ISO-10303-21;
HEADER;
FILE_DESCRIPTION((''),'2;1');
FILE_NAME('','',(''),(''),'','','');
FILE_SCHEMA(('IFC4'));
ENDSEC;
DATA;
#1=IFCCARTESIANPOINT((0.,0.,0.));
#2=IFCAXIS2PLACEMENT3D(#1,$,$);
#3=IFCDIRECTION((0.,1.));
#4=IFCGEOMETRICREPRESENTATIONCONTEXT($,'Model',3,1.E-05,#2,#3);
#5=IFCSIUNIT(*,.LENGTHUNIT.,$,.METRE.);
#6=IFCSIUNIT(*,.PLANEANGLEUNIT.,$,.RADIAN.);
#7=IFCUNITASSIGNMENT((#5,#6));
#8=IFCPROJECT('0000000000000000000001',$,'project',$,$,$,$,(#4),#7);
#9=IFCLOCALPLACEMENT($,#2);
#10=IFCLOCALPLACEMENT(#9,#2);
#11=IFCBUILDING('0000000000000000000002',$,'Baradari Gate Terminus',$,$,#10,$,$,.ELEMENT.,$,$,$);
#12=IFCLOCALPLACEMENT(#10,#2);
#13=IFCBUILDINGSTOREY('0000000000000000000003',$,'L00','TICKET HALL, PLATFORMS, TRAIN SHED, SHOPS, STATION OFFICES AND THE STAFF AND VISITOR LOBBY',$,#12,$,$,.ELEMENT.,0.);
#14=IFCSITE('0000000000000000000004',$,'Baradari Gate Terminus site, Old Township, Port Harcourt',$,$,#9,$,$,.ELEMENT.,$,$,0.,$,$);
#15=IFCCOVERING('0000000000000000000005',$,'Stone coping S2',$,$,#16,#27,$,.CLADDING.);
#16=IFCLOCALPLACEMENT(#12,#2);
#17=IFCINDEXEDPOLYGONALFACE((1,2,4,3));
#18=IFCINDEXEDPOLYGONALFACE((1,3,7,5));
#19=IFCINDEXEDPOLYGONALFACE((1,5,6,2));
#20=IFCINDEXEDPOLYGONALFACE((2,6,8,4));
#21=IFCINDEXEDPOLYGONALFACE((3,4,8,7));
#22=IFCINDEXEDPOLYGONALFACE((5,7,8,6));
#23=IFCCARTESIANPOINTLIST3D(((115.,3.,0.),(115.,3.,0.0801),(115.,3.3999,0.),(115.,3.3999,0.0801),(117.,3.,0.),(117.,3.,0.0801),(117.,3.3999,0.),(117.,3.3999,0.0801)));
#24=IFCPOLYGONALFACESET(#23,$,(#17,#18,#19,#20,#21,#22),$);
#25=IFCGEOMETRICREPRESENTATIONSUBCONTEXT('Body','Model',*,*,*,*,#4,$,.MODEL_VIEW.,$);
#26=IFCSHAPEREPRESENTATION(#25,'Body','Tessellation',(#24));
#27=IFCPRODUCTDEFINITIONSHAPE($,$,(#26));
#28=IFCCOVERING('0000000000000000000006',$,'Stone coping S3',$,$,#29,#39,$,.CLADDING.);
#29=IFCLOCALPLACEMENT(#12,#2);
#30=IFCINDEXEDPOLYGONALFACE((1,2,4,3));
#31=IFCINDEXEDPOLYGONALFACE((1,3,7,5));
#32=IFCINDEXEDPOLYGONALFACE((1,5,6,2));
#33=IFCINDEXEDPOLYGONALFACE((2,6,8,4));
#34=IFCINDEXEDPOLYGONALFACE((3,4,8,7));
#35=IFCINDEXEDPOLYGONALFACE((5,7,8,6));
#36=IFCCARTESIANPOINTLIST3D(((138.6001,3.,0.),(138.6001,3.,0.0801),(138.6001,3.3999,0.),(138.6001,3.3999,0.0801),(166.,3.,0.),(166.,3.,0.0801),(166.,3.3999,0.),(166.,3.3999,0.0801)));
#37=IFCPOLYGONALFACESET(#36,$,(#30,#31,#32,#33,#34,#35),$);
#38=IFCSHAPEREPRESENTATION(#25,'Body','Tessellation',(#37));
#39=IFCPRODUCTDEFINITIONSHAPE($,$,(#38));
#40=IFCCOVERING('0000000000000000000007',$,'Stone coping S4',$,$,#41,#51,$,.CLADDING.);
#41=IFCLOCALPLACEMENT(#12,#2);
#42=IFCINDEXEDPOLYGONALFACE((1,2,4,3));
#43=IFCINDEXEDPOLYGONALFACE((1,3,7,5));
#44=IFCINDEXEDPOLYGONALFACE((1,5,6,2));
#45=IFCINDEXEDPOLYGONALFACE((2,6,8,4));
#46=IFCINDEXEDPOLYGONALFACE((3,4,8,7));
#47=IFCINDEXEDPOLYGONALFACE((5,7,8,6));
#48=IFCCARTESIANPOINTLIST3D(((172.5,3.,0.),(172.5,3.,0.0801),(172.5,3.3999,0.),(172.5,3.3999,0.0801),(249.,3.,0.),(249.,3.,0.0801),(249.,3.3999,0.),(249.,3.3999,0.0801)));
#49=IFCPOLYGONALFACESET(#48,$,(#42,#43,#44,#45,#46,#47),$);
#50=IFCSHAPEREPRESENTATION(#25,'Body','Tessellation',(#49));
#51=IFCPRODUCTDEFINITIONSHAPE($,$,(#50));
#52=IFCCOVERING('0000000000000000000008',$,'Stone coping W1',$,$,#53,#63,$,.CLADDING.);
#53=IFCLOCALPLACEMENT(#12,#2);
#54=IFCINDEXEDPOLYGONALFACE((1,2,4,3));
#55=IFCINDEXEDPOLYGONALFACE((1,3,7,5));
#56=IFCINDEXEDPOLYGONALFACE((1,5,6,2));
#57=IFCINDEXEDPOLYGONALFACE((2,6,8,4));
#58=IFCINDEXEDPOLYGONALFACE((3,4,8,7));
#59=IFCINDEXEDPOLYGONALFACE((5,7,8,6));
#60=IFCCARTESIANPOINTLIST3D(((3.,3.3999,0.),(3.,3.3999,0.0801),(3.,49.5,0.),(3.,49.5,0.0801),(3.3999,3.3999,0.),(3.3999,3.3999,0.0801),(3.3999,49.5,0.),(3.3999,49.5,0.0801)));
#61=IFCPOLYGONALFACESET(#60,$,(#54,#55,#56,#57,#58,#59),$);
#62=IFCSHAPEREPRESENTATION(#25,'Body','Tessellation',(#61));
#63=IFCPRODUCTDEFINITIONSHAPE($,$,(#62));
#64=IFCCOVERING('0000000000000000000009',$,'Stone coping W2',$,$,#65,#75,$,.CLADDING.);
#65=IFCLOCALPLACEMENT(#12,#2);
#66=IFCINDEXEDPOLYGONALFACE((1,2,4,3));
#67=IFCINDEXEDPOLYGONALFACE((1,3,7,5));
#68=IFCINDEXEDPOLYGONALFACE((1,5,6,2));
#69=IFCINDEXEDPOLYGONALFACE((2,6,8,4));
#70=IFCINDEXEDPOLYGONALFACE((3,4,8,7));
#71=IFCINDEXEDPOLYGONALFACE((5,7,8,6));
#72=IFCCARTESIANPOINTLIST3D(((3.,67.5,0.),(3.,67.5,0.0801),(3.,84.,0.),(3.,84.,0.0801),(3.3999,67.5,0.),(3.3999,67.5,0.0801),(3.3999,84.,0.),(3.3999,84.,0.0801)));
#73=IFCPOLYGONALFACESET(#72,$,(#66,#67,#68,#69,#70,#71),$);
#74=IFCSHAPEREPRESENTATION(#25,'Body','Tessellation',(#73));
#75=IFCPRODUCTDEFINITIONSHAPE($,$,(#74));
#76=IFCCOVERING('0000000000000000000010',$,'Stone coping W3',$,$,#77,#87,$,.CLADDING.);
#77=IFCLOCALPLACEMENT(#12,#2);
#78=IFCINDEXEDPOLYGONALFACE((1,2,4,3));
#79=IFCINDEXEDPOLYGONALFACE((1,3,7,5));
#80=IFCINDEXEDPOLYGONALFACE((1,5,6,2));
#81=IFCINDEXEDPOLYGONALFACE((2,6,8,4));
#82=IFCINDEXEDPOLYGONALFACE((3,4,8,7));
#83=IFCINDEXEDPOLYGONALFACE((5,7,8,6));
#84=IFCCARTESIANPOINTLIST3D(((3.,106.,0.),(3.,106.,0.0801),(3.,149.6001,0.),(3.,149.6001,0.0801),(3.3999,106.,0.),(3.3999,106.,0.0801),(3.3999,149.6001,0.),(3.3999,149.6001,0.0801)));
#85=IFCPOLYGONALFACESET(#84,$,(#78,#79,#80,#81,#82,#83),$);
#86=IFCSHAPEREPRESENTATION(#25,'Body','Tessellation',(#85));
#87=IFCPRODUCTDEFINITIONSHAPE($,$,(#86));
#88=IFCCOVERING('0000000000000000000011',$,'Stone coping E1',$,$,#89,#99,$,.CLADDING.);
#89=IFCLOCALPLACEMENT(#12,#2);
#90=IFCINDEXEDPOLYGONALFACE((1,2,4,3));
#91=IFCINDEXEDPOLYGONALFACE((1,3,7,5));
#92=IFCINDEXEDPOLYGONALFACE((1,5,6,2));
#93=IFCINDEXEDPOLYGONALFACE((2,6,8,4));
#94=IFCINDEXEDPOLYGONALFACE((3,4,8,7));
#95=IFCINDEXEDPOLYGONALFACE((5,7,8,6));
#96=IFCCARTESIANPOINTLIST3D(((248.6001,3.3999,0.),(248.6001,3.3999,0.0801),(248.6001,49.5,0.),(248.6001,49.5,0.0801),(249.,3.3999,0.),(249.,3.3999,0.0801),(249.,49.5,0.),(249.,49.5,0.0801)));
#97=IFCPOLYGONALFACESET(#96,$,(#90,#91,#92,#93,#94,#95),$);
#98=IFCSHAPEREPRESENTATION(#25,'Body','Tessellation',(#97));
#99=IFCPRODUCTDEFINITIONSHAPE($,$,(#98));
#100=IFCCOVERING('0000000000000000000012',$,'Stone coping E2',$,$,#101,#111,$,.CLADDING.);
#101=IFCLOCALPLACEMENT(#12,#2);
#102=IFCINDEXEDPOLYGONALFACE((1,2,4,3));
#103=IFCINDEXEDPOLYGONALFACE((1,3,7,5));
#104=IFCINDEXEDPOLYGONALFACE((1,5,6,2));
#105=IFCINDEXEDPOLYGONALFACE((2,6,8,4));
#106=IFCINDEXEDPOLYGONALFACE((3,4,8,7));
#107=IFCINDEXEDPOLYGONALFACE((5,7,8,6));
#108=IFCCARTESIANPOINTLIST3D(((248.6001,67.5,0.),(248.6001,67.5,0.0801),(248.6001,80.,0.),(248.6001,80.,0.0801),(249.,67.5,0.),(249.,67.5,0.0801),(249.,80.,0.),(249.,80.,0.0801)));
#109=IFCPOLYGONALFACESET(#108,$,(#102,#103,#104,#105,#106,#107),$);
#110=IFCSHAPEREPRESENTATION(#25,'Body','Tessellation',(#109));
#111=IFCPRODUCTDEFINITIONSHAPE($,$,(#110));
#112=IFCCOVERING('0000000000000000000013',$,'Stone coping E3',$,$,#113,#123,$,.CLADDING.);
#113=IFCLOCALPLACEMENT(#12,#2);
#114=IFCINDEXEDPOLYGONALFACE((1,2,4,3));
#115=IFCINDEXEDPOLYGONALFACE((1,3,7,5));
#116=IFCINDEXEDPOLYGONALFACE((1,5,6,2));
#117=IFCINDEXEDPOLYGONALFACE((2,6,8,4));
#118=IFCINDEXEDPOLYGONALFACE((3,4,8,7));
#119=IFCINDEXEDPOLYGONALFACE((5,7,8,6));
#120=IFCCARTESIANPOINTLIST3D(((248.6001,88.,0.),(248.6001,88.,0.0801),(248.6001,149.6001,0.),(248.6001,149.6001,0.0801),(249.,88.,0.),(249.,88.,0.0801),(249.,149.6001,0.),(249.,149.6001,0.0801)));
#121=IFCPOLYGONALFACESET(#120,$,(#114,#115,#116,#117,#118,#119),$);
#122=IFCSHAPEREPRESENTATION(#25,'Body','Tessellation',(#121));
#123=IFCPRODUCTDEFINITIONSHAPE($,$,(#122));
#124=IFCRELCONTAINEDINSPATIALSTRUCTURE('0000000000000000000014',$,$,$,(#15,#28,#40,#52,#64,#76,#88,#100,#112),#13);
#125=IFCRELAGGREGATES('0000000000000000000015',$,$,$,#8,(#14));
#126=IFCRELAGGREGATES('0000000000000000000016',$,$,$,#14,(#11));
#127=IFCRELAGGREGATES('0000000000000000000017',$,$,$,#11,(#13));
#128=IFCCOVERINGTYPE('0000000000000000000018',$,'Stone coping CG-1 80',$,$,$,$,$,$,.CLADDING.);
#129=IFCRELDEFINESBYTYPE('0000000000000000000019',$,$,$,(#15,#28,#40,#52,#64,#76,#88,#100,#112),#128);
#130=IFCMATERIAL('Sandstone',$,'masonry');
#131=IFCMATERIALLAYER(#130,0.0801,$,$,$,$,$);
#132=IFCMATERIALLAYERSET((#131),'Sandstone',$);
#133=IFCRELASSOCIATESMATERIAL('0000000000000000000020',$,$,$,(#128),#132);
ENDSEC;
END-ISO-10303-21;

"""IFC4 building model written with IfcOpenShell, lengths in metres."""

from ifc_helpers import new_model, si_unit, direction, origin, place, context, subcontext, project, spatial, polyline, outline, extrude, material, layer, layer_set, type_object, element, save


model = new_model("IFC4")

# Units and contexts
model_context = context("Model", 3, precision=1e-05, world=origin(), true_north=direction((0.0, 1.0)))
body_context = subcontext(model_context, "Body", "Model", "MODEL_VIEW")
ifc_project = project(units=[si_unit("LENGTHUNIT", "METRE"), si_unit("PLANEANGLEUNIT", "RADIAN")], contexts=[model_context])

# Site, building, storey
site_placement = place(None, origin())
site = spatial("IfcSite", under=ifc_project, at=site_placement, Name="Baradari Gate Terminus site, Old Township, Port Harcourt", CompositionType="ELEMENT", RefElevation=0.0)
building_placement = place(site_placement, origin())
building = spatial("IfcBuilding", under=site, at=building_placement, Name="Baradari Gate Terminus", CompositionType="ELEMENT")
storey_placement = place(building_placement, origin())
storey = spatial("IfcBuildingStorey", under=building, at=storey_placement, Name="L00", Description="TICKET HALL, PLATFORMS, TRAIN SHED, SHOPS, STATION OFFICES AND THE STAFF AND VISITOR LOBBY", CompositionType="ELEMENT", Elevation=0.0)

# Coverings
ifc_material_1 = material(Name="Sandstone", Category="masonry")
ifc_layer_1 = layer(ifc_material_1, 0.0801)
ifc_layer_set_1 = layer_set([ifc_layer_1], Name="Sandstone")
covering_type_1 = type_object("IfcCoveringType", Name="Stone coping CG-1 80", PredefinedType="CLADDING", material=ifc_layer_set_1)
covering_1_placement = place(storey_placement, origin())
element("IfcCovering", 1, at=covering_1_placement, inside=storey, type_object=covering_type_1, Name="Stone coping S2", PredefinedType="CLADDING", context=body_context, shape_type="SweptSolid", body=[
    extrude(outline(polyline([(117.0, 3.0), (117.0, 3.3999), (115.0, 3.3999), (115.0, 3.0), (117.0, 3.0)])), origin(), (0.0, 0.0, 1.0), 0.0801),
])
covering_2_placement = place(storey_placement, origin())
element("IfcCovering", 2, at=covering_2_placement, inside=storey, type_object=covering_type_1, Name="Stone coping S3", PredefinedType="CLADDING", context=body_context, shape_type="SweptSolid", body=[
    extrude(outline(polyline([(166.0, 3.0), (166.0, 3.3999), (138.6001, 3.3999), (138.6001, 3.0), (166.0, 3.0)])), origin(), (0.0, 0.0, 1.0), 0.0801),
])
covering_3_placement = place(storey_placement, origin())
element("IfcCovering", 3, at=covering_3_placement, inside=storey, type_object=covering_type_1, Name="Stone coping S4", PredefinedType="CLADDING", context=body_context, shape_type="SweptSolid", body=[
    extrude(outline(polyline([(249.0, 3.0), (249.0, 3.3999), (172.5, 3.3999), (172.5, 3.0), (249.0, 3.0)])), origin(), (0.0, 0.0, 1.0), 0.0801),
])
covering_4_placement = place(storey_placement, origin())
element("IfcCovering", 4, at=covering_4_placement, inside=storey, type_object=covering_type_1, Name="Stone coping W1", PredefinedType="CLADDING", context=body_context, shape_type="SweptSolid", body=[
    extrude(outline(polyline([(3.3999, 3.3999), (3.3999, 49.5), (3.0, 49.5), (3.0, 3.3999), (3.3999, 3.3999)])), origin(), (0.0, 0.0, 1.0), 0.0801),
])
covering_5_placement = place(storey_placement, origin())
element("IfcCovering", 5, at=covering_5_placement, inside=storey, type_object=covering_type_1, Name="Stone coping W2", PredefinedType="CLADDING", context=body_context, shape_type="SweptSolid", body=[
    extrude(outline(polyline([(3.3999, 67.5), (3.3999, 84.0), (3.0, 84.0), (3.0, 67.5), (3.3999, 67.5)])), origin(), (0.0, 0.0, 1.0), 0.0801),
])
covering_6_placement = place(storey_placement, origin())
element("IfcCovering", 6, at=covering_6_placement, inside=storey, type_object=covering_type_1, Name="Stone coping W3", PredefinedType="CLADDING", context=body_context, shape_type="SweptSolid", body=[
    extrude(outline(polyline([(3.3999, 106.0), (3.3999, 149.6001), (3.0, 149.6001), (3.0, 106.0), (3.3999, 106.0)])), origin(), (0.0, 0.0, 1.0), 0.0801),
])
covering_7_placement = place(storey_placement, origin())
element("IfcCovering", 7, at=covering_7_placement, inside=storey, type_object=covering_type_1, Name="Stone coping E1", PredefinedType="CLADDING", context=body_context, shape_type="SweptSolid", body=[
    extrude(outline(polyline([(249.0, 3.3999), (249.0, 49.5), (248.6001, 49.5), (248.6001, 3.3999), (249.0, 3.3999)])), origin(), (0.0, 0.0, 1.0), 0.0801),
])
covering_8_placement = place(storey_placement, origin())
element("IfcCovering", 8, at=covering_8_placement, inside=storey, type_object=covering_type_1, Name="Stone coping E2", PredefinedType="CLADDING", context=body_context, shape_type="SweptSolid", body=[
    extrude(outline(polyline([(249.0, 67.5), (249.0, 80.0), (248.6001, 80.0), (248.6001, 67.5), (249.0, 67.5)])), origin(), (0.0, 0.0, 1.0), 0.0801),
])
covering_9_placement = place(storey_placement, origin())
element("IfcCovering", 9, at=covering_9_placement, inside=storey, type_object=covering_type_1, Name="Stone coping E3", PredefinedType="CLADDING", context=body_context, shape_type="SweptSolid", body=[
    extrude(outline(polyline([(249.0, 88.0), (249.0, 149.6001), (248.6001, 149.6001), (248.6001, 88.0), (249.0, 88.0)])), origin(), (0.0, 0.0, 1.0), 0.0801),
])

save(model, "model.ifc")
